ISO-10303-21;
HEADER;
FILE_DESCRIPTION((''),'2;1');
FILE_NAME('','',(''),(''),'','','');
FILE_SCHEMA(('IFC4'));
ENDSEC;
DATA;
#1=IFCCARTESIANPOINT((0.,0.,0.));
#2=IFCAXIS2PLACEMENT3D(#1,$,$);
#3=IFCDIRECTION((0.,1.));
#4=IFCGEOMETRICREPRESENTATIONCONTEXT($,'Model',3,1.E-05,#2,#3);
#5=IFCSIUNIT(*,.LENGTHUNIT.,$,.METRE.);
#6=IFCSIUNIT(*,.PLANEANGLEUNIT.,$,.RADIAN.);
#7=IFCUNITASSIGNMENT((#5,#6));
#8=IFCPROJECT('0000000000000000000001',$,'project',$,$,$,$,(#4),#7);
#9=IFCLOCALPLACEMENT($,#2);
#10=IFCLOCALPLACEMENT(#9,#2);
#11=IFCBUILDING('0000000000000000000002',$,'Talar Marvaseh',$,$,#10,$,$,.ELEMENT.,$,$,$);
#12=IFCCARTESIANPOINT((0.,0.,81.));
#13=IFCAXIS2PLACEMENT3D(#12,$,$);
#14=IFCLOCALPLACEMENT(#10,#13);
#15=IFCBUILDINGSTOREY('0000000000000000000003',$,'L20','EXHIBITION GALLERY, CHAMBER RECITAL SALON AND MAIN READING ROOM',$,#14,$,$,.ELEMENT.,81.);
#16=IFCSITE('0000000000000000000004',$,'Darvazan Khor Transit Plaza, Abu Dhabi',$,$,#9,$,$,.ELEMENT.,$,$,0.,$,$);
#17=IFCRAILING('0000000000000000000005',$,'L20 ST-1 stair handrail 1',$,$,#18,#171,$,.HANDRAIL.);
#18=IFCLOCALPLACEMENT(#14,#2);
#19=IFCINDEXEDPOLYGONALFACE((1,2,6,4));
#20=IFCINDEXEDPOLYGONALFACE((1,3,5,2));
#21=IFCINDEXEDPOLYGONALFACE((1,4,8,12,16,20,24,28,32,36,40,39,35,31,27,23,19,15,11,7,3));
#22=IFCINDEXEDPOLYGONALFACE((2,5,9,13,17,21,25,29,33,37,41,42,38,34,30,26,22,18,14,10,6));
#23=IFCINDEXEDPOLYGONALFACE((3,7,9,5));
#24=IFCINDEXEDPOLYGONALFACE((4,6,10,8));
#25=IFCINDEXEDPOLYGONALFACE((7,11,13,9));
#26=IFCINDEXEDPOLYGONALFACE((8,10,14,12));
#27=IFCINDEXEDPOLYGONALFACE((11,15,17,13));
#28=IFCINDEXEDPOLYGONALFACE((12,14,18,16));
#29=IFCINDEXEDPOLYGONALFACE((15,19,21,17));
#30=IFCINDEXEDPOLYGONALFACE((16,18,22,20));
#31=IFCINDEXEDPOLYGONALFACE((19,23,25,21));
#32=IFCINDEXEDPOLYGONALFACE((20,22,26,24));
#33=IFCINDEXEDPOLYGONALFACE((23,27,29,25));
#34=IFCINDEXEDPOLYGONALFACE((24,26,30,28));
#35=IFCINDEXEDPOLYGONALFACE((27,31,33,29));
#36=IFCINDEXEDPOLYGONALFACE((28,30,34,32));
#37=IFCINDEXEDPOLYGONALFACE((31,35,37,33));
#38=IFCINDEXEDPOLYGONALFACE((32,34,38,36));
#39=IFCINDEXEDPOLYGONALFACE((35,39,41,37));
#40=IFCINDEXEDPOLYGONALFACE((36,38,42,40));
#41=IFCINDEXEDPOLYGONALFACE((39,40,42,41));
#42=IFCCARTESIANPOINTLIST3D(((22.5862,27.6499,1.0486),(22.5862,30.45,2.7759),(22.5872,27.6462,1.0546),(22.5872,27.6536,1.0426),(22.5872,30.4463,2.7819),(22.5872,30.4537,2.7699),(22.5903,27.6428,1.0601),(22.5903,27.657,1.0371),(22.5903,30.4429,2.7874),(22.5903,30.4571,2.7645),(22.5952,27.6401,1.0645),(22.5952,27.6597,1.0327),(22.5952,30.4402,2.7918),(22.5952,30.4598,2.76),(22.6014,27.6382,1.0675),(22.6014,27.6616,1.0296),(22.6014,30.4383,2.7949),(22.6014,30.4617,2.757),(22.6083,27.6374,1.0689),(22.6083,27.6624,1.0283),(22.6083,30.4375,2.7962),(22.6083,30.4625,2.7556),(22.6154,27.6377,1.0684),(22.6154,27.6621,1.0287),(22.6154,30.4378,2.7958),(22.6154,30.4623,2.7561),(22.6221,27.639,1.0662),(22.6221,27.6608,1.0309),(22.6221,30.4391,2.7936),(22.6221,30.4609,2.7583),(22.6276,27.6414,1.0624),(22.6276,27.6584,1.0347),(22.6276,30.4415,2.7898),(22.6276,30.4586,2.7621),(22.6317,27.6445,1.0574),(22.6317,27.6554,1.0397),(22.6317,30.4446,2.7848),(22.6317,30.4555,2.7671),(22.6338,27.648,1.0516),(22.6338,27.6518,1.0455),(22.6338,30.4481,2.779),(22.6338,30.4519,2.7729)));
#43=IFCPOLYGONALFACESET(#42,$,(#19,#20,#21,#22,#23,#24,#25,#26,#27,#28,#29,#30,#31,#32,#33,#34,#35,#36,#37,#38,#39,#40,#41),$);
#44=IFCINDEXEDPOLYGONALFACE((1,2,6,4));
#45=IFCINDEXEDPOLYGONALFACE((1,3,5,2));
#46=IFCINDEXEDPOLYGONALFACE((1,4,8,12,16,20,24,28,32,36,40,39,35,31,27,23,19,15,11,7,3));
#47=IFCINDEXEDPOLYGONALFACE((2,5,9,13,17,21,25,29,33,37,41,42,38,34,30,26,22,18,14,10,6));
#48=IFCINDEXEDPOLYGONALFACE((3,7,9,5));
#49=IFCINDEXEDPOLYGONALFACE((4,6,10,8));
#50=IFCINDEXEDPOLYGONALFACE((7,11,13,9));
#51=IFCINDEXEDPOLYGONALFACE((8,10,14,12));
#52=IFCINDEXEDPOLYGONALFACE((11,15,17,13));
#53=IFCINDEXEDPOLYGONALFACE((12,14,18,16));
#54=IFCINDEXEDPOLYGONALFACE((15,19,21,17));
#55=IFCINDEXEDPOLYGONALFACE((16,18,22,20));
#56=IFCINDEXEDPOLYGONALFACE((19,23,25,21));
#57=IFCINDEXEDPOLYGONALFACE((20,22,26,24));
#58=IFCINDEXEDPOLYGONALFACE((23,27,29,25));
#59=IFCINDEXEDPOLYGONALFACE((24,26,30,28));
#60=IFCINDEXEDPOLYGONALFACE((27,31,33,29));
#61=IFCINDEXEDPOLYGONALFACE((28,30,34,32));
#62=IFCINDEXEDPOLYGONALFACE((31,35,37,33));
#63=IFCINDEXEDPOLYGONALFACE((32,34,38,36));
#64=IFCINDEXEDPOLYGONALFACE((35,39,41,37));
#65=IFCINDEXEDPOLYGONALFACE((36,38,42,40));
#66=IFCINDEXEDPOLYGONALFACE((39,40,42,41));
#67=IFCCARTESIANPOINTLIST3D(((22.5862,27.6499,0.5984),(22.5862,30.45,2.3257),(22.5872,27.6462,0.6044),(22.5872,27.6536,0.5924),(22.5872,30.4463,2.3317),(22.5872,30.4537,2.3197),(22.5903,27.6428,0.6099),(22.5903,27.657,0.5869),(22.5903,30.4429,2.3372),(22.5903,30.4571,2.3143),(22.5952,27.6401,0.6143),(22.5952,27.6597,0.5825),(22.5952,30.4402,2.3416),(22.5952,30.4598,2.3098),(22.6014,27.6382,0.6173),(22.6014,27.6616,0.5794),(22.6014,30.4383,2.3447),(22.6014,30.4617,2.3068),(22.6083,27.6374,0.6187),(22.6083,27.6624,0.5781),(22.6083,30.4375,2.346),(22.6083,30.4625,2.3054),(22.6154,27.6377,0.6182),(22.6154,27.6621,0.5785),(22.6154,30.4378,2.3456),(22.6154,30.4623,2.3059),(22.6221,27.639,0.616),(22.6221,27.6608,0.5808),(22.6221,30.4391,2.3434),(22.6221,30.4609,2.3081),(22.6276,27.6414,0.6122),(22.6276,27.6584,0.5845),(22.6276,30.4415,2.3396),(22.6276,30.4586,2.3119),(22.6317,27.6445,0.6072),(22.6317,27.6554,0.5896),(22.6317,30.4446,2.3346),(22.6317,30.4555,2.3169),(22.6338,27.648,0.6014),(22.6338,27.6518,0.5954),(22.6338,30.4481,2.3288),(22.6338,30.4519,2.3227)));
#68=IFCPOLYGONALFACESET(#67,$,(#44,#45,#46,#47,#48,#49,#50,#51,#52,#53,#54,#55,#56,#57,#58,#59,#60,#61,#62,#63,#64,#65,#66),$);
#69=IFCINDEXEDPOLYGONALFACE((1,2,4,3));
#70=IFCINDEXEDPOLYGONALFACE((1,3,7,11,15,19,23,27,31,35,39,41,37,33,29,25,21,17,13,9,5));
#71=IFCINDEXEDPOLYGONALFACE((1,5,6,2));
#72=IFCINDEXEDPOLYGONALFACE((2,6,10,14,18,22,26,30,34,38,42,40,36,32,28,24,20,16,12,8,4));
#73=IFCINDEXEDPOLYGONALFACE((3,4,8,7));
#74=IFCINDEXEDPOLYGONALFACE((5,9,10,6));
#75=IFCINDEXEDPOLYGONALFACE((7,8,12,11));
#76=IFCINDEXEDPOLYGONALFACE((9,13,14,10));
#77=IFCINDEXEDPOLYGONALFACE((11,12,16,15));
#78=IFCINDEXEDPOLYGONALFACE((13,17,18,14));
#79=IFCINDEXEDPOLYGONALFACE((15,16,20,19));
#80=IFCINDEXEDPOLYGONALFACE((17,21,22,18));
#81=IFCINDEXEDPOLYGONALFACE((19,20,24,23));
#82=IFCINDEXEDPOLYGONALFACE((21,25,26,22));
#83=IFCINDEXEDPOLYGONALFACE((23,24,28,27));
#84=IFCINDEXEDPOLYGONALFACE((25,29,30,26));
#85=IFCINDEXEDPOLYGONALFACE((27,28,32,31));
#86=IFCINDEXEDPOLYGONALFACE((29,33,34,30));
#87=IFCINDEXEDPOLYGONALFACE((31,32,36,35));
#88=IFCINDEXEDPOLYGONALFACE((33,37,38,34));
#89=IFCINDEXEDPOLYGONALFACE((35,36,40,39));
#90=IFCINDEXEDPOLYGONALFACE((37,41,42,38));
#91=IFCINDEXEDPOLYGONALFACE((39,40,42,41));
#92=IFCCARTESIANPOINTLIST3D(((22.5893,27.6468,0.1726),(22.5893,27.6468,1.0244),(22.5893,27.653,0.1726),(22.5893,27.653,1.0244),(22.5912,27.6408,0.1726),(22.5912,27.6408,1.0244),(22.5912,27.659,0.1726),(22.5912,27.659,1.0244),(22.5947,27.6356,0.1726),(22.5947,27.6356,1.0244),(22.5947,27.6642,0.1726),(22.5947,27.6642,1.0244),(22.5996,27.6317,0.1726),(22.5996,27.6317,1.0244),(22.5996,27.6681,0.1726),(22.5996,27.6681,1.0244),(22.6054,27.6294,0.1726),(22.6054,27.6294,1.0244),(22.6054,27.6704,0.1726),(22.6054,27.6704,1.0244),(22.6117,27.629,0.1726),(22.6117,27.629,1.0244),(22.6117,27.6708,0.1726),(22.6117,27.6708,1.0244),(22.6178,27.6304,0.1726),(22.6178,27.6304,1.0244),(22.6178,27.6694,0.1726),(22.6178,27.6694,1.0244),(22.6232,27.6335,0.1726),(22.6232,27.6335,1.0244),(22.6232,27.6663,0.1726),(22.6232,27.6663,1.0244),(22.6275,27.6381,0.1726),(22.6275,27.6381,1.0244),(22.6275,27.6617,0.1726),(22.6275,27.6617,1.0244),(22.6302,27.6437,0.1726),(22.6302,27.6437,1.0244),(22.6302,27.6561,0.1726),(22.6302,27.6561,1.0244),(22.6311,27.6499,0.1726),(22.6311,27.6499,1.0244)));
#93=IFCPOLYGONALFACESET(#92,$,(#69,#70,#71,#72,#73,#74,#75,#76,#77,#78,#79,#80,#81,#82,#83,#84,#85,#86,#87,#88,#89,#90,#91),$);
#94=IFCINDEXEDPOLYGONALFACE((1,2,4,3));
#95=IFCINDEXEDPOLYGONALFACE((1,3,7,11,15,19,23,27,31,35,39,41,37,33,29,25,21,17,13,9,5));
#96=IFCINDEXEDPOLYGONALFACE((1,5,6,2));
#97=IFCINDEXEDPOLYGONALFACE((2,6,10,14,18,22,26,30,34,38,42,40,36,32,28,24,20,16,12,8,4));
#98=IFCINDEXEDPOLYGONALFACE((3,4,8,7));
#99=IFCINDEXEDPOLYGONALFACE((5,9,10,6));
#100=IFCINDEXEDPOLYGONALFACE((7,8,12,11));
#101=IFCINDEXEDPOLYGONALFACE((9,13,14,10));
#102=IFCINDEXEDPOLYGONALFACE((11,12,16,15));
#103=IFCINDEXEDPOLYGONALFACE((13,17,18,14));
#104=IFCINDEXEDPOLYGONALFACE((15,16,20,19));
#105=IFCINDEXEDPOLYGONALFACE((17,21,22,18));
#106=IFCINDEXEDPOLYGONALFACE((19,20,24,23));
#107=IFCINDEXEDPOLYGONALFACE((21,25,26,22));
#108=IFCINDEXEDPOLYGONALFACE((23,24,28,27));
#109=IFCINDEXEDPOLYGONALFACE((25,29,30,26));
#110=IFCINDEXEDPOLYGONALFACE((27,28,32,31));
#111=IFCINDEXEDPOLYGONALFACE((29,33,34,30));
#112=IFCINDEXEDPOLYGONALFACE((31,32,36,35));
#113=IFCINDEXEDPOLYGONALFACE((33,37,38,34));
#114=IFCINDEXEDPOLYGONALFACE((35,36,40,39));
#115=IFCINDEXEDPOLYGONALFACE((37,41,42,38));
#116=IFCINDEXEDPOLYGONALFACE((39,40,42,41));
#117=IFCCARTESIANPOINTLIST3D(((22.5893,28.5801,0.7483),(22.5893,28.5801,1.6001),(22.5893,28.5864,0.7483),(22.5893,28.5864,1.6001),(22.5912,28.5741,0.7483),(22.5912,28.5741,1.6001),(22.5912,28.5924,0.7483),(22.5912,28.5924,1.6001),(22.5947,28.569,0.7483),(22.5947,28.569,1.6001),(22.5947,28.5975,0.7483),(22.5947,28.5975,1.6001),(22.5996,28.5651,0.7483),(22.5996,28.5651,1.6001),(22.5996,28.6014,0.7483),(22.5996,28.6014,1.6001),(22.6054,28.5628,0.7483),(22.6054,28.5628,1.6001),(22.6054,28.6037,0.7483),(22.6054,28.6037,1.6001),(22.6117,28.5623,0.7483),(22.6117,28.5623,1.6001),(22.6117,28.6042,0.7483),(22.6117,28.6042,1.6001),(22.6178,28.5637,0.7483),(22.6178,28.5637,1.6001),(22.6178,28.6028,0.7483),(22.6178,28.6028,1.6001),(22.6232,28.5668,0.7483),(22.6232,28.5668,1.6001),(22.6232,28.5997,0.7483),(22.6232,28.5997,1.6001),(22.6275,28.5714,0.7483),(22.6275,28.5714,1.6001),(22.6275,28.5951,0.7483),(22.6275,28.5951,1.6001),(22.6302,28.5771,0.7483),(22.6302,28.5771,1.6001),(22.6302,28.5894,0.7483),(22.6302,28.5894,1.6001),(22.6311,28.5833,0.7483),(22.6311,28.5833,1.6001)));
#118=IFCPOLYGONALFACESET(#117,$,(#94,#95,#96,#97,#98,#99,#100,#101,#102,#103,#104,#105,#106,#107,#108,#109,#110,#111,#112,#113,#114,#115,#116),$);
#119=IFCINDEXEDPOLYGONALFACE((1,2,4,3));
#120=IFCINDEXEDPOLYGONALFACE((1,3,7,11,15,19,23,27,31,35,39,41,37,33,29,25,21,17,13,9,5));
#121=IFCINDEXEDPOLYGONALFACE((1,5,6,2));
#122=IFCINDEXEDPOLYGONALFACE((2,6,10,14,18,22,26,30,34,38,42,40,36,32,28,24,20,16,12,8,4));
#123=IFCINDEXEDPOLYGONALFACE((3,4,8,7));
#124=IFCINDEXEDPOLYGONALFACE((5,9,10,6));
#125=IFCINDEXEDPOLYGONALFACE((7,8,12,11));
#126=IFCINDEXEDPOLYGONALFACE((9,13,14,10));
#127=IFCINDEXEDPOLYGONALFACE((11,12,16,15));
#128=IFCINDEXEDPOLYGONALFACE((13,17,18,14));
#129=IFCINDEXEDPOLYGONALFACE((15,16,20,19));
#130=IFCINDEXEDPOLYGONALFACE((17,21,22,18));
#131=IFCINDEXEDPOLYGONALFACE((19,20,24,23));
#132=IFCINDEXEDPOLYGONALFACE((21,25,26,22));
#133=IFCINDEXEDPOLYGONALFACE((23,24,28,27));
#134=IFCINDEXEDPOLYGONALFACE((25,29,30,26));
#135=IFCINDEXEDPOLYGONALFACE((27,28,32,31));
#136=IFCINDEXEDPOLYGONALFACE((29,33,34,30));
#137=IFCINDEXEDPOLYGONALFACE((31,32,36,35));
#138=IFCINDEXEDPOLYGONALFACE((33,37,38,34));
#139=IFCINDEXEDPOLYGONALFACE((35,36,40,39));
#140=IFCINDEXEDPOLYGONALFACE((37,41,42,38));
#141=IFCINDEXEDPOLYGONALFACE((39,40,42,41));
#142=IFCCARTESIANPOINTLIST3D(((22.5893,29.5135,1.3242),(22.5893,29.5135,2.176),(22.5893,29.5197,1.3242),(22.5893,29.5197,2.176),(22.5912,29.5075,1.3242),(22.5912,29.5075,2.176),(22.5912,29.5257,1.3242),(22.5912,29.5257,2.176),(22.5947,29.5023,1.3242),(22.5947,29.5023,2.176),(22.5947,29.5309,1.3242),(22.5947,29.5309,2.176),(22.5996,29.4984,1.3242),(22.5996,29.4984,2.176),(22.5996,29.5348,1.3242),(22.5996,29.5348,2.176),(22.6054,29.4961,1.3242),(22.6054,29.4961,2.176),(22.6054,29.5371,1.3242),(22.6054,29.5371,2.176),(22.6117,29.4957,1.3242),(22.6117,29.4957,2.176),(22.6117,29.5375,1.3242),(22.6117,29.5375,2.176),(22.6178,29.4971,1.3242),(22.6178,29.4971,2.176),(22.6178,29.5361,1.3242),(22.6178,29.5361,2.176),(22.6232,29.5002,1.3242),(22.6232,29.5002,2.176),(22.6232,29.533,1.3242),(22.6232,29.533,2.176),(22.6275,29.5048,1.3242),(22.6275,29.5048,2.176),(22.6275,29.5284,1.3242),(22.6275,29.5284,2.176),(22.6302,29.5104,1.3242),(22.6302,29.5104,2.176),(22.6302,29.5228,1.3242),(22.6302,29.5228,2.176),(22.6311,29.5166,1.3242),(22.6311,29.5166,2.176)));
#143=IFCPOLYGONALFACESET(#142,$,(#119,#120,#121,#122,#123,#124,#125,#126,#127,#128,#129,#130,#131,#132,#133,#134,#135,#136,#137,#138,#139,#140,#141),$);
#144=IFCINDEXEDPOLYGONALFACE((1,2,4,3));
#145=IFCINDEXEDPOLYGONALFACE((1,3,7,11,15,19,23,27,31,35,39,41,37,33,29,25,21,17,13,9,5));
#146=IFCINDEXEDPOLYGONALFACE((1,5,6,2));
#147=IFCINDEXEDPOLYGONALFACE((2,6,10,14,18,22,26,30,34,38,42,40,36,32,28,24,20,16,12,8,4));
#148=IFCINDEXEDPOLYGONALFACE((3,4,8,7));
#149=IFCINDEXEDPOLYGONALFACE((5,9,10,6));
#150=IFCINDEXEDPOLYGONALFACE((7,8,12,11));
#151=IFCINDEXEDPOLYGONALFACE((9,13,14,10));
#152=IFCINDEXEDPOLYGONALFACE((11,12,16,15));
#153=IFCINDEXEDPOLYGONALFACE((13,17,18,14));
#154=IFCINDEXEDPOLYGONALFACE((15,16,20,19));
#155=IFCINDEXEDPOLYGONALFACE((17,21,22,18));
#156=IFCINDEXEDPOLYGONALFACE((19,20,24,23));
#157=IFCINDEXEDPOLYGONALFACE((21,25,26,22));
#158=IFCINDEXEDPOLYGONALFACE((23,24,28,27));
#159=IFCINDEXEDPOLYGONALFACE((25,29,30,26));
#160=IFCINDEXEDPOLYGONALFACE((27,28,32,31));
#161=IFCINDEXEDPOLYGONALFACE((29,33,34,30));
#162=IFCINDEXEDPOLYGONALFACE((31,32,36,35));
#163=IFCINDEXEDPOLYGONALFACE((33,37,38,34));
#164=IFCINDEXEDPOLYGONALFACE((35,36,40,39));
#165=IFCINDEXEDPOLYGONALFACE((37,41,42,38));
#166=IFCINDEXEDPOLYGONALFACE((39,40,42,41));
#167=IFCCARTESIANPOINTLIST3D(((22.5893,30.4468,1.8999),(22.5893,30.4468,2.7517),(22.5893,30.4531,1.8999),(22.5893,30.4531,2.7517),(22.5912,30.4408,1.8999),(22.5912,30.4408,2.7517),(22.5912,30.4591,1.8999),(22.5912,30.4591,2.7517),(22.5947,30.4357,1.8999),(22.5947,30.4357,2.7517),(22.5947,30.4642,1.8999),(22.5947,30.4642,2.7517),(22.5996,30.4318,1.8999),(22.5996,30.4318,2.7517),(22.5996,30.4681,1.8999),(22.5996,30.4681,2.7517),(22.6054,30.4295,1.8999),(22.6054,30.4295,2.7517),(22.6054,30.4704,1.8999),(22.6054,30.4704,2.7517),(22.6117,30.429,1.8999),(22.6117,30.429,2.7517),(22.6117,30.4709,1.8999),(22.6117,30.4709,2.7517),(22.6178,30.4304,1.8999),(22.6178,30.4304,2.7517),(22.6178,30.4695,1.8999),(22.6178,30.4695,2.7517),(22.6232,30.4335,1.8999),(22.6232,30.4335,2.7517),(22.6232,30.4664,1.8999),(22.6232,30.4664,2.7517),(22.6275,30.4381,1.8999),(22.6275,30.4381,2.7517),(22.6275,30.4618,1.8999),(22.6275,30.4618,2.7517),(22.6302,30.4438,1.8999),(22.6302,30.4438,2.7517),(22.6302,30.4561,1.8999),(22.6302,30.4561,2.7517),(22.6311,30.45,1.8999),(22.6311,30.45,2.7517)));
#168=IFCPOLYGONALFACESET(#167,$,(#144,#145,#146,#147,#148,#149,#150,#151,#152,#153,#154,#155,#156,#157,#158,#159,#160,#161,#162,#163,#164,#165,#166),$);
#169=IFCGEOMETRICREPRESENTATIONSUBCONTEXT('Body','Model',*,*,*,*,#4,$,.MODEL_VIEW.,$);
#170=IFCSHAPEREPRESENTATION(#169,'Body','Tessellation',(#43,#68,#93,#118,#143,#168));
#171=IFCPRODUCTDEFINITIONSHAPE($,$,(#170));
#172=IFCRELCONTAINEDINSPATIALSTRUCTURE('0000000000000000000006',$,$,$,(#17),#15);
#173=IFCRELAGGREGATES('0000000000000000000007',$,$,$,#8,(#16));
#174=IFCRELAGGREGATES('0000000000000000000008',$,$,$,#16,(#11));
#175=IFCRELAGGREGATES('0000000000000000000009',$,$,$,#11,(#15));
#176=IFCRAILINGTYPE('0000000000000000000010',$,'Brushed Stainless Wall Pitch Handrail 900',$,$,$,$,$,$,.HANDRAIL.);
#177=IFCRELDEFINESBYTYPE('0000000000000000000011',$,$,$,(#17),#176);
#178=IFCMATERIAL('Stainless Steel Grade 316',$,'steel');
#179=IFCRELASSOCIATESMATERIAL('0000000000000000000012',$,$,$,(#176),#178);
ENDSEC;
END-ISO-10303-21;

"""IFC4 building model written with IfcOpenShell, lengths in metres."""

from ifc_helpers import new_model, si_unit, direction, frame, origin, origin_2d, place, context, subcontext, project, spatial, circle, extrude, material, type_object, element, save


model = new_model("IFC4")

# Units and contexts
model_context = context("Model", 3, precision=1e-05, world=origin(), true_north=direction((0.0, 1.0)))
body_context = subcontext(model_context, "Body", "Model", "MODEL_VIEW")
ifc_project = project(units=[si_unit("LENGTHUNIT", "METRE"), si_unit("PLANEANGLEUNIT", "RADIAN")], contexts=[model_context])

# Site, building, storey
site_placement = place(None, origin())
site = spatial("IfcSite", under=ifc_project, at=site_placement, Name="Darvazan Khor Transit Plaza, Abu Dhabi", CompositionType="ELEMENT", RefElevation=0.0)
building_placement = place(site_placement, origin())
building = spatial("IfcBuilding", under=site, at=building_placement, Name="Talar Marvaseh", CompositionType="ELEMENT")
storey_placement = place(building_placement, frame((0.0, 0.0, 81.0)))
storey = spatial("IfcBuildingStorey", under=building, at=storey_placement, Name="L20", Description="EXHIBITION GALLERY, CHAMBER RECITAL SALON AND MAIN READING ROOM", CompositionType="ELEMENT", Elevation=81.0)

# Railing
ifc_material_1 = material(Name="Stainless Steel Grade 316", Category="steel")
railing_type_1 = type_object("IfcRailingType", Name="Brushed Stainless Wall Pitch Handrail 900", PredefinedType="HANDRAIL", material=ifc_material_1)
railing_1_placement = place(storey_placement, frame((22.6101, 27.6499, 0.1726)))
element("IfcRailing", 1, at=railing_1_placement, inside=storey, type_object=railing_type_1, Name="L20 ST-1 stair handrail 1", PredefinedType="HANDRAIL", context=body_context, shape_type="SweptSolid", body=[
    extrude(circle(Radius=0.0239, at=origin_2d()), frame((0.0, 0.0, 0.876), z_axis=(0.0, 0.85109, 0.52502), x_axis=(-1.0, 0.0, 0.0)), (0.0, 0.0, 1.0), 3.29),
    extrude(circle(Radius=0.0239, at=origin_2d()), frame((0.0, 0.0, 0.4258), z_axis=(0.0, 0.85109, 0.52502), x_axis=(-1.0, 0.0, 0.0)), (0.0, 0.0, 1.0), 3.29),
    extrude(circle(Radius=0.021, at=origin_2d()), origin(), (0.0, 0.0, 1.0), 0.8518),
    extrude(circle(Radius=0.021, at=origin_2d()), frame((0.0, 0.9333, 0.5757)), (0.0, 0.0, 1.0), 0.8518),
    extrude(circle(Radius=0.021, at=origin_2d()), frame((0.0, 1.8667, 1.1516)), (0.0, 0.0, 1.0), 0.8518),
    extrude(circle(Radius=0.021, at=origin_2d()), frame((0.0, 2.8, 1.7273)), (0.0, 0.0, 1.0), 0.8518),
])

save(model, "model.ifc")
